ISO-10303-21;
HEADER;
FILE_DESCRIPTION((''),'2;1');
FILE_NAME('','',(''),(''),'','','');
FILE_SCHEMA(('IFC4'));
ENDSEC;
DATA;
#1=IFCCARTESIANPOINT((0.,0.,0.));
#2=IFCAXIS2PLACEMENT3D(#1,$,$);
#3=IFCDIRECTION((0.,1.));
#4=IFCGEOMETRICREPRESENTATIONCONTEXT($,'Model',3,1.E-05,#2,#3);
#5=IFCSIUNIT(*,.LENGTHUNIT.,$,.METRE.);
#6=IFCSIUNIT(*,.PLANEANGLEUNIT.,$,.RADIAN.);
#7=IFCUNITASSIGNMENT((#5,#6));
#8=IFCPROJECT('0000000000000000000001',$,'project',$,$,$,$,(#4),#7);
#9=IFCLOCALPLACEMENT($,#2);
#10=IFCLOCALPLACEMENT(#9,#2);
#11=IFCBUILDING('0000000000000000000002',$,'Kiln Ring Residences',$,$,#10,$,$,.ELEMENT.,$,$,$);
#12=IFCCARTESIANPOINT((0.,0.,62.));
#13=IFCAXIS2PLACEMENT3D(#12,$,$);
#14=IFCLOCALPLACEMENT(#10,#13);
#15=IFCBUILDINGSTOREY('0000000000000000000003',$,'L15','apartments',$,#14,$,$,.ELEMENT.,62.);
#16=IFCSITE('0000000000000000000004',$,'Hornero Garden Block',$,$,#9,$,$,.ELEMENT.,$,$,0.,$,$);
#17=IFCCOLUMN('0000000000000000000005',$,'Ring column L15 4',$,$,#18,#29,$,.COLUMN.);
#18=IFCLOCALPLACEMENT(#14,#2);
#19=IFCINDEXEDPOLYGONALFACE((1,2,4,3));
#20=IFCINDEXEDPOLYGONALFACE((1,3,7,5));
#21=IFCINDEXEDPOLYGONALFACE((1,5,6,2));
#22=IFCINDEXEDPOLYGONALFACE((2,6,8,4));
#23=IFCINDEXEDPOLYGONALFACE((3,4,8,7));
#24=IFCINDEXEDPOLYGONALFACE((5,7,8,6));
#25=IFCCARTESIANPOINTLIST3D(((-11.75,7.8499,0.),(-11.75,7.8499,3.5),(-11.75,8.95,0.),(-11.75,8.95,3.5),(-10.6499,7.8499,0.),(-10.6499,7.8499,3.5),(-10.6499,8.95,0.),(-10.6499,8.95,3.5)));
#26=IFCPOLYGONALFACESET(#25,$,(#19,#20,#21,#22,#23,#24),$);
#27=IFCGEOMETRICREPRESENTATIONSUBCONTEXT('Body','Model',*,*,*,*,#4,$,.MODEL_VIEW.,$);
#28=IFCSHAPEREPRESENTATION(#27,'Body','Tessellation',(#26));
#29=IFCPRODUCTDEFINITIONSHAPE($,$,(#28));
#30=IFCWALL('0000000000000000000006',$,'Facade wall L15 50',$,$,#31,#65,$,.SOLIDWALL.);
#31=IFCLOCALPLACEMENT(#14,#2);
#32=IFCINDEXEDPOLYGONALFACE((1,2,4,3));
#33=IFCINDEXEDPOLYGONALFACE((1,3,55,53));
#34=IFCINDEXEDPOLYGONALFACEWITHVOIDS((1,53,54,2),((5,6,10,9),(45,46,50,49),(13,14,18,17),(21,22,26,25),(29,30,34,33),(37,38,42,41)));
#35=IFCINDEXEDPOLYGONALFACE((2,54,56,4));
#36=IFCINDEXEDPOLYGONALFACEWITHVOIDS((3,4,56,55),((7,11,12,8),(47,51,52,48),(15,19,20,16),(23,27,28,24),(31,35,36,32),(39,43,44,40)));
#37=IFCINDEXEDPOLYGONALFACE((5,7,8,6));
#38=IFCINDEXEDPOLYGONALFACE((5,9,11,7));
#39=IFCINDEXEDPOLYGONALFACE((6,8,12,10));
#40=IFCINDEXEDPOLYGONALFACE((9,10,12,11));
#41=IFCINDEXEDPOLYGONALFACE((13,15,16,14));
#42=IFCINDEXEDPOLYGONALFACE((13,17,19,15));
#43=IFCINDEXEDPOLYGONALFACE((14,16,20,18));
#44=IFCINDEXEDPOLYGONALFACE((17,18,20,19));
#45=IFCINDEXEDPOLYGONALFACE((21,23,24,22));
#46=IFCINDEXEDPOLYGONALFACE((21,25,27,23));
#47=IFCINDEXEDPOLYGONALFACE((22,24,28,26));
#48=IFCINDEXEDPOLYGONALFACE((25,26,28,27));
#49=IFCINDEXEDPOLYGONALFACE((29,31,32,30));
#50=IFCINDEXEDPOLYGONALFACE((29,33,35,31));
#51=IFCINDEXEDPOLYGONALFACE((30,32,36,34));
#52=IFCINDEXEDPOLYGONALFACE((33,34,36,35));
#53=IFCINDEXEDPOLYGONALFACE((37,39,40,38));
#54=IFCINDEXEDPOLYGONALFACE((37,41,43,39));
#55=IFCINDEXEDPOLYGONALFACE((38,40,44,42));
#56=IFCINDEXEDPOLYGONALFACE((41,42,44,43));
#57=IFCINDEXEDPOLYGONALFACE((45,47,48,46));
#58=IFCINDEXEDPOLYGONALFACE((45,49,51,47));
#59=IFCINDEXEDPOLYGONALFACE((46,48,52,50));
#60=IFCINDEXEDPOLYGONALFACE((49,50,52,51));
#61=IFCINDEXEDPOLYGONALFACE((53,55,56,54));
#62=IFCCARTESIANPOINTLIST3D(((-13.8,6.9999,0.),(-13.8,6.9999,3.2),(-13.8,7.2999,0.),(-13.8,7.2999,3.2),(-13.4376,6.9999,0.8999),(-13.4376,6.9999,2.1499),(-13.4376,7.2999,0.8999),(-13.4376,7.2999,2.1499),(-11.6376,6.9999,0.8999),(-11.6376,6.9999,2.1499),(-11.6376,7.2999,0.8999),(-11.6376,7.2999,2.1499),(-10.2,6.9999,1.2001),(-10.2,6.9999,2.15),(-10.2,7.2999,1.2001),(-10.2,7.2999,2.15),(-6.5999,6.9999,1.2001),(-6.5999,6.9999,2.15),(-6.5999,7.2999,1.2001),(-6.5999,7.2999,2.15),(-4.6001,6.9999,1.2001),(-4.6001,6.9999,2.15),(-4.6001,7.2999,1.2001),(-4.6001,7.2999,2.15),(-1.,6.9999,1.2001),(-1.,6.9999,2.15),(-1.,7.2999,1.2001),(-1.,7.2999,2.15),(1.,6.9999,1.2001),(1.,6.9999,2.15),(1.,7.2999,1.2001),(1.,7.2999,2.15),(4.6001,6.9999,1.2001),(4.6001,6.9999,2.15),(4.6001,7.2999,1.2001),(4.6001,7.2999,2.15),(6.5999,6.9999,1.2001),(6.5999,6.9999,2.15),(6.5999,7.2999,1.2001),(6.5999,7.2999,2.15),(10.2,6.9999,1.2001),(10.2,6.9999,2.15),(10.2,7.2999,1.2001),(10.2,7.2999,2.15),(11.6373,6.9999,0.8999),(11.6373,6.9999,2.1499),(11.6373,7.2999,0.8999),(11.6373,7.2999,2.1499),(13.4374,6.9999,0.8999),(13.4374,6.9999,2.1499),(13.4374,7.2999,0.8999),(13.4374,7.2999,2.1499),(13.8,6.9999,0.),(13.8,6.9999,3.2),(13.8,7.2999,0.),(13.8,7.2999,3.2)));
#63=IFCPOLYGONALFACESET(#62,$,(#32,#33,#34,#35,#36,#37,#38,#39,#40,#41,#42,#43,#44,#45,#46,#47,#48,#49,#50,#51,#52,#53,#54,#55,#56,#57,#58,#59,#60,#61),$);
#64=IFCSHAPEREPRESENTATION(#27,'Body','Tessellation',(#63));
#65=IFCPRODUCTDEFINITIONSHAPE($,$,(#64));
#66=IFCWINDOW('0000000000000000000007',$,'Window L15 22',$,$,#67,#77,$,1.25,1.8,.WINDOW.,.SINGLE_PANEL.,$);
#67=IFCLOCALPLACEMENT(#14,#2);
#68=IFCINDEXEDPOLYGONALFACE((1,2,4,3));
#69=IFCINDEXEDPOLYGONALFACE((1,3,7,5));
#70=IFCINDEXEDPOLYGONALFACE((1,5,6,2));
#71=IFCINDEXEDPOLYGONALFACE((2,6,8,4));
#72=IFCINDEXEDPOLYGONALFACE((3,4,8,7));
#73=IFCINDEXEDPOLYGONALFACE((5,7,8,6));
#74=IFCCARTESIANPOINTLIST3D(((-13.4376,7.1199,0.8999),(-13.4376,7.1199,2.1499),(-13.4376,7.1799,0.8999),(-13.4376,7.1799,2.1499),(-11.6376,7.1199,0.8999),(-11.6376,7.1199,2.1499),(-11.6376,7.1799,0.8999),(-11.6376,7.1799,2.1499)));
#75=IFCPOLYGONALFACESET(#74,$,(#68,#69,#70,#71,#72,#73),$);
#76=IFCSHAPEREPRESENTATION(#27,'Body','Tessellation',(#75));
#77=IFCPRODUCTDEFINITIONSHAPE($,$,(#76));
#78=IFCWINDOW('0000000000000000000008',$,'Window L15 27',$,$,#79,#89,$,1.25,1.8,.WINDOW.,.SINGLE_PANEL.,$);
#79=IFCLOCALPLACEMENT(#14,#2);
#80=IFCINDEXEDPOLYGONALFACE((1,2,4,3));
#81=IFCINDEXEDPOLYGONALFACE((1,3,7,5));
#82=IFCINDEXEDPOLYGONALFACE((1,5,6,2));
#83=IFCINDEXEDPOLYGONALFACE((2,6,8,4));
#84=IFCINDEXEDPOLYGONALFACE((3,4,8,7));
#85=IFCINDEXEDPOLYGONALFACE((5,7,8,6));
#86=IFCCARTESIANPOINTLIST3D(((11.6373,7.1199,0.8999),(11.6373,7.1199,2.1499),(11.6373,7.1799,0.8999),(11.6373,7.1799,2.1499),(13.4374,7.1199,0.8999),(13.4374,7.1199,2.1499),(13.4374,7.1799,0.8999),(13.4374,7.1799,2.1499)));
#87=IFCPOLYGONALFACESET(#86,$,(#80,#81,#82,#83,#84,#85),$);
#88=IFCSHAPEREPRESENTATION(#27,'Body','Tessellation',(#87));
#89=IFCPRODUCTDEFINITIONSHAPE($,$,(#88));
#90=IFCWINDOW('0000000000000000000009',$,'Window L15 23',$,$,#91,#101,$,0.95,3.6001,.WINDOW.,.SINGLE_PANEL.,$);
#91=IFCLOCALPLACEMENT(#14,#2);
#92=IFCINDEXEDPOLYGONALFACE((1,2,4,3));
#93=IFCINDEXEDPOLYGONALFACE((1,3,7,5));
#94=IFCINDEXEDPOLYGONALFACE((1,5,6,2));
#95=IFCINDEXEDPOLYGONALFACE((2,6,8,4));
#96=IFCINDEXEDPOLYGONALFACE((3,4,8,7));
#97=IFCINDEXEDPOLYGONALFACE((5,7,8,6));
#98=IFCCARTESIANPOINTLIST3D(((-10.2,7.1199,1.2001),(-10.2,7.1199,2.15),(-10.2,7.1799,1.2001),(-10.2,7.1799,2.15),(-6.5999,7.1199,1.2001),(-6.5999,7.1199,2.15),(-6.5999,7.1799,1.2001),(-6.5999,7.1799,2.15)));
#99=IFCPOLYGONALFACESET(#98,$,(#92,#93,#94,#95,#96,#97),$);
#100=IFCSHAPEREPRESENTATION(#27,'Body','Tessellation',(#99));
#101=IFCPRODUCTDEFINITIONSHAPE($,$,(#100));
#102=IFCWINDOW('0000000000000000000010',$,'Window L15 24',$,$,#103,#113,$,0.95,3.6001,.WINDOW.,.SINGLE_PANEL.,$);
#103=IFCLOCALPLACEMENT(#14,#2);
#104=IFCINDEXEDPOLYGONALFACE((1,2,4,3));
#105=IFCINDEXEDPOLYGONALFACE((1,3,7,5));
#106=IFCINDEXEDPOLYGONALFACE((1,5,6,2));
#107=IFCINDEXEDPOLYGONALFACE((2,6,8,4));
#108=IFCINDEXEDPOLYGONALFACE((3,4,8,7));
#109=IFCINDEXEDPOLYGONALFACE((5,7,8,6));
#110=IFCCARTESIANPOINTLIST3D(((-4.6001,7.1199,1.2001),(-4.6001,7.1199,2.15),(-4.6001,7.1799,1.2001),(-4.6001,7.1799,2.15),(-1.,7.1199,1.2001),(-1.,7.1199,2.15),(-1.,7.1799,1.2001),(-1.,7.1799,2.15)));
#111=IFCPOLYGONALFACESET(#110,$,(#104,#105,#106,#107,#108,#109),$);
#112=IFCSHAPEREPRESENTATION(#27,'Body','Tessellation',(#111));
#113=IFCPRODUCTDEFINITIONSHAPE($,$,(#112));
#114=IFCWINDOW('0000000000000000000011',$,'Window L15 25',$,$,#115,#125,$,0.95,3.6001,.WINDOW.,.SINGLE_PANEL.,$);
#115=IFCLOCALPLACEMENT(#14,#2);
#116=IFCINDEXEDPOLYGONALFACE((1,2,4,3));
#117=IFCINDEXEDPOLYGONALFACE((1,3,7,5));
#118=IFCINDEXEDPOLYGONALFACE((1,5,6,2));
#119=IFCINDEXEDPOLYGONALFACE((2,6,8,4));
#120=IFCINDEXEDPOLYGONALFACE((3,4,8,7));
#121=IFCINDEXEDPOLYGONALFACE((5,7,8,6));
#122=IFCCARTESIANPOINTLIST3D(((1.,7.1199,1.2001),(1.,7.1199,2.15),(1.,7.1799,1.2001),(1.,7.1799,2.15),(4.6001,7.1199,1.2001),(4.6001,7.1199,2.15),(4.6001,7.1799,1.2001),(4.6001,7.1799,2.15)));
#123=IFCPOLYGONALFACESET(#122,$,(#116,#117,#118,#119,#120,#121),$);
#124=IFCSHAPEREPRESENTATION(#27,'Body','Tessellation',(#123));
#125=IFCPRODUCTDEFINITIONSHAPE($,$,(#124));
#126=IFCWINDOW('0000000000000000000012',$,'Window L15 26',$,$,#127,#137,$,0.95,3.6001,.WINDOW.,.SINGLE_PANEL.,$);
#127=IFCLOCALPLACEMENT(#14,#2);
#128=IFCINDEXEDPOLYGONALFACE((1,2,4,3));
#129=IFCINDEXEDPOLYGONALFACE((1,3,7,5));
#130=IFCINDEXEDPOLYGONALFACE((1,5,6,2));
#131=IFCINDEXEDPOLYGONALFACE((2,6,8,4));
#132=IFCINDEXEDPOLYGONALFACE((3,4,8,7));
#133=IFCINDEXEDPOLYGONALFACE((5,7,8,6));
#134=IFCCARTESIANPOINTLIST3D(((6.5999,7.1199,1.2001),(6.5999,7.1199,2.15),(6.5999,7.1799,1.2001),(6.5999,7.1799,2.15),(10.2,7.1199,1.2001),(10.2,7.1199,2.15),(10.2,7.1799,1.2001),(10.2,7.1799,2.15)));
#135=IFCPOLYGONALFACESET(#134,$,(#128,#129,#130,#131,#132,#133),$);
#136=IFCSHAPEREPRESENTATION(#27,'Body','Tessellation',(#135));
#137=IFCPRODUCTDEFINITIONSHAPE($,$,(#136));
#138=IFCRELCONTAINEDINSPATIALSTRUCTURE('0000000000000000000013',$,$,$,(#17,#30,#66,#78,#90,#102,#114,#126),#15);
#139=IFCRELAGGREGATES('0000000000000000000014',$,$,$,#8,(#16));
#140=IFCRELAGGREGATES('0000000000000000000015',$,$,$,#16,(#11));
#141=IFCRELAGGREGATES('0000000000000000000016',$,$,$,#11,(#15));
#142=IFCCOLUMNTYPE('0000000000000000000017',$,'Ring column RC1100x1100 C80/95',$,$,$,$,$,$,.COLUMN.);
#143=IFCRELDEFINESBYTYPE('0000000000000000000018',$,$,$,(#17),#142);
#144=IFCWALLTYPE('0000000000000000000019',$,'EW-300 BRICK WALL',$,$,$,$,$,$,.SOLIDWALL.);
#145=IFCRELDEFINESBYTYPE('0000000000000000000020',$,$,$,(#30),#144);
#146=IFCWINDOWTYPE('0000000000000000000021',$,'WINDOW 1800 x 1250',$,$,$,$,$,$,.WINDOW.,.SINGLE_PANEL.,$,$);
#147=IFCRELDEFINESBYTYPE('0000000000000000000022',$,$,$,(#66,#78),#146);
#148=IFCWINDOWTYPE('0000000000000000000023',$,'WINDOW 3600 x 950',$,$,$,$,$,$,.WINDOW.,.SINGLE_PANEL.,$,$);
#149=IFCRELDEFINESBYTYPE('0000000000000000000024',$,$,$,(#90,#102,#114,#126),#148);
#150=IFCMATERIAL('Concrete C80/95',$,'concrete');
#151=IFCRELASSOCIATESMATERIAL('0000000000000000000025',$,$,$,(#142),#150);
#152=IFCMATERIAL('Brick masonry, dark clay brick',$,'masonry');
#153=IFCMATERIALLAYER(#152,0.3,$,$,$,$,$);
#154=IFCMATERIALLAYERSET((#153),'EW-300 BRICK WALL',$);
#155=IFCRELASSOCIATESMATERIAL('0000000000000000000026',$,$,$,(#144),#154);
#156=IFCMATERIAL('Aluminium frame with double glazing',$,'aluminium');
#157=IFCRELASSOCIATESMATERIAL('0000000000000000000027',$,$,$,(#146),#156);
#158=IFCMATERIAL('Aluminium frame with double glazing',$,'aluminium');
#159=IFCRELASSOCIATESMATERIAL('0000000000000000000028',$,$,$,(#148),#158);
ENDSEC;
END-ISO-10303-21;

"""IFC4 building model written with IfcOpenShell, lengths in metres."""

from ifc_helpers import new_model, si_unit, direction, frame, frame_2d, origin, origin_2d, place, context, subcontext, project, spatial, rectangle, extrude, material, layer, layer_set, material_profile, profile_set, type_object, element, fill, save


model = new_model("IFC4")

# Units and contexts
model_context = context("Model", 3, precision=1e-05, world=origin(), true_north=direction((0.0, 1.0)))
body_context = subcontext(model_context, "Body", "Model", "MODEL_VIEW")
ifc_project = project(units=[si_unit("LENGTHUNIT", "METRE"), si_unit("PLANEANGLEUNIT", "RADIAN")], contexts=[model_context])

# Site, building, storey
site_placement = place(None, origin())
site = spatial("IfcSite", under=ifc_project, at=site_placement, Name="Hornero Garden Block", CompositionType="ELEMENT", RefElevation=0.0)
building_placement = place(site_placement, origin())
building = spatial("IfcBuilding", under=site, at=building_placement, Name="Kiln Ring Residences", CompositionType="ELEMENT")
storey_placement = place(building_placement, frame((0.0, 0.0, 62.0)))
storey = spatial("IfcBuildingStorey", under=building, at=storey_placement, Name="L15", Description="apartments", CompositionType="ELEMENT", Elevation=62.0)

# Column
ifc_material_1 = material(Name="Concrete C80/95", Category="concrete")
ifc_material_profile = material_profile(ifc_material_1, rectangle(XDim=1.1001, YDim=1.1001, at=origin_2d()), Name="RC1100x1100")
ifc_profile_set = profile_set([ifc_material_profile], Name="Concrete C80/95")
column_type = type_object("IfcColumnType", Name="Ring column RC1100x1100 C80/95", PredefinedType="COLUMN", material=ifc_profile_set)
column_placement = place(storey_placement, frame((-11.2, 8.3999, 0.0), z_axis=(0.0, 0.0, 1.0), x_axis=(1.0, 0.0, 0.0)))
element("IfcColumn", 1, at=column_placement, inside=storey, type_object=column_type, Name="Ring column L15 4", PredefinedType="COLUMN", context=body_context, shape_type="SweptSolid", body=[
    extrude(rectangle(XDim=1.1001, YDim=1.1001, at=origin_2d()), origin(), (0.0, 0.0, 1.0), 3.5),
])

# Wall, openings, windows
ifc_material_2 = material(Name="Brick masonry, dark clay brick", Category="masonry")
ifc_layer_1 = layer(ifc_material_2, 0.3)
ifc_layer_set_1 = layer_set([ifc_layer_1], Name="EW-300 BRICK WALL")
wall_type_1 = type_object("IfcWallType", Name="EW-300 BRICK WALL", PredefinedType="SOLIDWALL", material=ifc_layer_set_1)
wall_1_placement = place(storey_placement, frame((-13.8, 7.1499, 0.0), z_axis=(0.0, 0.0, 1.0), x_axis=(1.0, 0.0, 0.0)))
wall_1 = element("IfcWall", 2, at=wall_1_placement, inside=storey, type_object=wall_type_1, Name="Facade wall L15 50", PredefinedType="SOLIDWALL", context=body_context, shape_type="SweptSolid", body=[
    extrude(rectangle(XDim=27.6001, YDim=0.3, at=frame_2d((13.8, 0.0))), origin(), (0.0, 0.0, 1.0), 3.2),
])
opening_1_placement = place(wall_1_placement, frame((0.3625, 0.0, 0.8999)))
opening_1 = element("IfcOpeningElement", 3, at=opening_1_placement, cuts=wall_1, PredefinedType="OPENING", context=body_context, shape_type="SweptSolid", body=[
    extrude(rectangle(XDim=1.8, YDim=1.25, at=frame_2d((0.8999, 0.625))), frame((0.0, 0.1599, 0.0), z_axis=(0.0, -1.0, 0.0), x_axis=(1.0, 0.0, 0.0)), (0.0, 0.0, 1.0), 0.3201),
])
opening_2_placement = place(wall_1_placement, frame((3.6001, 0.0, 1.2)))
opening_2 = element("IfcOpeningElement", 4, at=opening_2_placement, cuts=wall_1, PredefinedType="OPENING", context=body_context, shape_type="SweptSolid", body=[
    extrude(rectangle(XDim=3.6001, YDim=0.95, at=frame_2d((1.8, 0.4751))), frame((0.0, 0.1599, 0.0), z_axis=(0.0, -1.0, 0.0), x_axis=(1.0, 0.0, 0.0)), (0.0, 0.0, 1.0), 0.3201),
])
opening_3_placement = place(wall_1_placement, frame((9.2, 0.0, 1.2)))
opening_3 = element("IfcOpeningElement", 5, at=opening_3_placement, cuts=wall_1, PredefinedType="OPENING", context=body_context, shape_type="SweptSolid", body=[
    extrude(rectangle(XDim=3.6001, YDim=0.95, at=frame_2d((1.8, 0.4751))), frame((0.0, 0.1599, 0.0), z_axis=(0.0, -1.0, 0.0), x_axis=(1.0, 0.0, 0.0)), (0.0, 0.0, 1.0), 0.3201),
])
opening_4_placement = place(wall_1_placement, frame((14.8, 0.0, 1.2)))
opening_4 = element("IfcOpeningElement", 6, at=opening_4_placement, cuts=wall_1, PredefinedType="OPENING", context=body_context, shape_type="SweptSolid", body=[
    extrude(rectangle(XDim=3.6001, YDim=0.95, at=frame_2d((1.8, 0.4751))), frame((0.0, 0.1599, 0.0), z_axis=(0.0, -1.0, 0.0), x_axis=(1.0, 0.0, 0.0)), (0.0, 0.0, 1.0), 0.3201),
])
opening_5_placement = place(wall_1_placement, frame((20.3999, 0.0, 1.2)))
opening_5 = element("IfcOpeningElement", 7, at=opening_5_placement, cuts=wall_1, PredefinedType="OPENING", context=body_context, shape_type="SweptSolid", body=[
    extrude(rectangle(XDim=3.6001, YDim=0.95, at=frame_2d((1.8, 0.4751))), frame((0.0, 0.1599, 0.0), z_axis=(0.0, -1.0, 0.0), x_axis=(1.0, 0.0, 0.0)), (0.0, 0.0, 1.0), 0.3201),
])
opening_6_placement = place(wall_1_placement, frame((25.4375, 0.0, 0.8999)))
opening_6 = element("IfcOpeningElement", 8, at=opening_6_placement, cuts=wall_1, PredefinedType="OPENING", context=body_context, shape_type="SweptSolid", body=[
    extrude(rectangle(XDim=1.8, YDim=1.25, at=frame_2d((0.8999, 0.625))), frame((0.0, 0.1599, 0.0), z_axis=(0.0, -1.0, 0.0), x_axis=(1.0, 0.0, 0.0)), (0.0, 0.0, 1.0), 0.3201),
])
ifc_material_3 = material(Name="Aluminium frame with double glazing", Category="aluminium")
window_type_1 = type_object("IfcWindowType", Name="WINDOW 1800 x 1250", PartitioningType="SINGLE_PANEL", PredefinedType="WINDOW", material=ifc_material_3)
window_1_placement = place(opening_1_placement, origin())
window_1 = element("IfcWindow", 9, at=window_1_placement, inside=storey, type_object=window_type_1, Name="Window L15 22", OverallHeight=1.25, OverallWidth=1.8, PartitioningType="SINGLE_PANEL", PredefinedType="WINDOW", context=body_context, shape_type="SweptSolid", body=[
    extrude(rectangle(XDim=1.8, YDim=1.25, at=frame_2d((0.8999, 0.625))), frame((0.0, 0.03, 0.0), z_axis=(0.0, -1.0, 0.0), x_axis=(1.0, 0.0, 0.0)), (0.0, 0.0, 1.0), 0.0601),
])
fill(opening_1, window_1)
window_2_placement = place(opening_6_placement, origin())
window_2 = element("IfcWindow", 10, at=window_2_placement, inside=storey, type_object=window_type_1, Name="Window L15 27", OverallHeight=1.25, OverallWidth=1.8, PartitioningType="SINGLE_PANEL", PredefinedType="WINDOW", context=body_context, shape_type="SweptSolid", body=[
    extrude(rectangle(XDim=1.8, YDim=1.25, at=frame_2d((0.8999, 0.625))), frame((0.0, 0.03, 0.0), z_axis=(0.0, -1.0, 0.0), x_axis=(1.0, 0.0, 0.0)), (0.0, 0.0, 1.0), 0.0601),
])
fill(opening_6, window_2)
ifc_material_4 = material(Name="Aluminium frame with double glazing", Category="aluminium")
window_type_2 = type_object("IfcWindowType", Name="WINDOW 3600 x 950", PartitioningType="SINGLE_PANEL", PredefinedType="WINDOW", material=ifc_material_4)
window_3_placement = place(opening_2_placement, origin())
window_3 = element("IfcWindow", 11, at=window_3_placement, inside=storey, type_object=window_type_2, Name="Window L15 23", OverallHeight=0.95, OverallWidth=3.6001, PartitioningType="SINGLE_PANEL", PredefinedType="WINDOW", context=body_context, shape_type="SweptSolid", body=[
    extrude(rectangle(XDim=3.6001, YDim=0.95, at=frame_2d((1.8, 0.4751))), frame((0.0, 0.03, 0.0), z_axis=(0.0, -1.0, 0.0), x_axis=(1.0, 0.0, 0.0)), (0.0, 0.0, 1.0), 0.0601),
])
fill(opening_2, window_3)
window_4_placement = place(opening_3_placement, origin())
window_4 = element("IfcWindow", 12, at=window_4_placement, inside=storey, type_object=window_type_2, Name="Window L15 24", OverallHeight=0.95, OverallWidth=3.6001, PartitioningType="SINGLE_PANEL", PredefinedType="WINDOW", context=body_context, shape_type="SweptSolid", body=[
    extrude(rectangle(XDim=3.6001, YDim=0.95, at=frame_2d((1.8, 0.4751))), frame((0.0, 0.03, 0.0), z_axis=(0.0, -1.0, 0.0), x_axis=(1.0, 0.0, 0.0)), (0.0, 0.0, 1.0), 0.0601),
])
fill(opening_3, window_4)
window_5_placement = place(opening_4_placement, origin())
window_5 = element("IfcWindow", 13, at=window_5_placement, inside=storey, type_object=window_type_2, Name="Window L15 25", OverallHeight=0.95, OverallWidth=3.6001, PartitioningType="SINGLE_PANEL", PredefinedType="WINDOW", context=body_context, shape_type="SweptSolid", body=[
    extrude(rectangle(XDim=3.6001, YDim=0.95, at=frame_2d((1.8, 0.4751))), frame((0.0, 0.03, 0.0), z_axis=(0.0, -1.0, 0.0), x_axis=(1.0, 0.0, 0.0)), (0.0, 0.0, 1.0), 0.0601),
])
fill(opening_4, window_5)
window_6_placement = place(opening_5_placement, origin())
window_6 = element("IfcWindow", 14, at=window_6_placement, inside=storey, type_object=window_type_2, Name="Window L15 26", OverallHeight=0.95, OverallWidth=3.6001, PartitioningType="SINGLE_PANEL", PredefinedType="WINDOW", context=body_context, shape_type="SweptSolid", body=[
    extrude(rectangle(XDim=3.6001, YDim=0.95, at=frame_2d((1.8, 0.4751))), frame((0.0, 0.03, 0.0), z_axis=(0.0, -1.0, 0.0), x_axis=(1.0, 0.0, 0.0)), (0.0, 0.0, 1.0), 0.0601),
])
fill(opening_5, window_6)

save(model, "model.ifc")
